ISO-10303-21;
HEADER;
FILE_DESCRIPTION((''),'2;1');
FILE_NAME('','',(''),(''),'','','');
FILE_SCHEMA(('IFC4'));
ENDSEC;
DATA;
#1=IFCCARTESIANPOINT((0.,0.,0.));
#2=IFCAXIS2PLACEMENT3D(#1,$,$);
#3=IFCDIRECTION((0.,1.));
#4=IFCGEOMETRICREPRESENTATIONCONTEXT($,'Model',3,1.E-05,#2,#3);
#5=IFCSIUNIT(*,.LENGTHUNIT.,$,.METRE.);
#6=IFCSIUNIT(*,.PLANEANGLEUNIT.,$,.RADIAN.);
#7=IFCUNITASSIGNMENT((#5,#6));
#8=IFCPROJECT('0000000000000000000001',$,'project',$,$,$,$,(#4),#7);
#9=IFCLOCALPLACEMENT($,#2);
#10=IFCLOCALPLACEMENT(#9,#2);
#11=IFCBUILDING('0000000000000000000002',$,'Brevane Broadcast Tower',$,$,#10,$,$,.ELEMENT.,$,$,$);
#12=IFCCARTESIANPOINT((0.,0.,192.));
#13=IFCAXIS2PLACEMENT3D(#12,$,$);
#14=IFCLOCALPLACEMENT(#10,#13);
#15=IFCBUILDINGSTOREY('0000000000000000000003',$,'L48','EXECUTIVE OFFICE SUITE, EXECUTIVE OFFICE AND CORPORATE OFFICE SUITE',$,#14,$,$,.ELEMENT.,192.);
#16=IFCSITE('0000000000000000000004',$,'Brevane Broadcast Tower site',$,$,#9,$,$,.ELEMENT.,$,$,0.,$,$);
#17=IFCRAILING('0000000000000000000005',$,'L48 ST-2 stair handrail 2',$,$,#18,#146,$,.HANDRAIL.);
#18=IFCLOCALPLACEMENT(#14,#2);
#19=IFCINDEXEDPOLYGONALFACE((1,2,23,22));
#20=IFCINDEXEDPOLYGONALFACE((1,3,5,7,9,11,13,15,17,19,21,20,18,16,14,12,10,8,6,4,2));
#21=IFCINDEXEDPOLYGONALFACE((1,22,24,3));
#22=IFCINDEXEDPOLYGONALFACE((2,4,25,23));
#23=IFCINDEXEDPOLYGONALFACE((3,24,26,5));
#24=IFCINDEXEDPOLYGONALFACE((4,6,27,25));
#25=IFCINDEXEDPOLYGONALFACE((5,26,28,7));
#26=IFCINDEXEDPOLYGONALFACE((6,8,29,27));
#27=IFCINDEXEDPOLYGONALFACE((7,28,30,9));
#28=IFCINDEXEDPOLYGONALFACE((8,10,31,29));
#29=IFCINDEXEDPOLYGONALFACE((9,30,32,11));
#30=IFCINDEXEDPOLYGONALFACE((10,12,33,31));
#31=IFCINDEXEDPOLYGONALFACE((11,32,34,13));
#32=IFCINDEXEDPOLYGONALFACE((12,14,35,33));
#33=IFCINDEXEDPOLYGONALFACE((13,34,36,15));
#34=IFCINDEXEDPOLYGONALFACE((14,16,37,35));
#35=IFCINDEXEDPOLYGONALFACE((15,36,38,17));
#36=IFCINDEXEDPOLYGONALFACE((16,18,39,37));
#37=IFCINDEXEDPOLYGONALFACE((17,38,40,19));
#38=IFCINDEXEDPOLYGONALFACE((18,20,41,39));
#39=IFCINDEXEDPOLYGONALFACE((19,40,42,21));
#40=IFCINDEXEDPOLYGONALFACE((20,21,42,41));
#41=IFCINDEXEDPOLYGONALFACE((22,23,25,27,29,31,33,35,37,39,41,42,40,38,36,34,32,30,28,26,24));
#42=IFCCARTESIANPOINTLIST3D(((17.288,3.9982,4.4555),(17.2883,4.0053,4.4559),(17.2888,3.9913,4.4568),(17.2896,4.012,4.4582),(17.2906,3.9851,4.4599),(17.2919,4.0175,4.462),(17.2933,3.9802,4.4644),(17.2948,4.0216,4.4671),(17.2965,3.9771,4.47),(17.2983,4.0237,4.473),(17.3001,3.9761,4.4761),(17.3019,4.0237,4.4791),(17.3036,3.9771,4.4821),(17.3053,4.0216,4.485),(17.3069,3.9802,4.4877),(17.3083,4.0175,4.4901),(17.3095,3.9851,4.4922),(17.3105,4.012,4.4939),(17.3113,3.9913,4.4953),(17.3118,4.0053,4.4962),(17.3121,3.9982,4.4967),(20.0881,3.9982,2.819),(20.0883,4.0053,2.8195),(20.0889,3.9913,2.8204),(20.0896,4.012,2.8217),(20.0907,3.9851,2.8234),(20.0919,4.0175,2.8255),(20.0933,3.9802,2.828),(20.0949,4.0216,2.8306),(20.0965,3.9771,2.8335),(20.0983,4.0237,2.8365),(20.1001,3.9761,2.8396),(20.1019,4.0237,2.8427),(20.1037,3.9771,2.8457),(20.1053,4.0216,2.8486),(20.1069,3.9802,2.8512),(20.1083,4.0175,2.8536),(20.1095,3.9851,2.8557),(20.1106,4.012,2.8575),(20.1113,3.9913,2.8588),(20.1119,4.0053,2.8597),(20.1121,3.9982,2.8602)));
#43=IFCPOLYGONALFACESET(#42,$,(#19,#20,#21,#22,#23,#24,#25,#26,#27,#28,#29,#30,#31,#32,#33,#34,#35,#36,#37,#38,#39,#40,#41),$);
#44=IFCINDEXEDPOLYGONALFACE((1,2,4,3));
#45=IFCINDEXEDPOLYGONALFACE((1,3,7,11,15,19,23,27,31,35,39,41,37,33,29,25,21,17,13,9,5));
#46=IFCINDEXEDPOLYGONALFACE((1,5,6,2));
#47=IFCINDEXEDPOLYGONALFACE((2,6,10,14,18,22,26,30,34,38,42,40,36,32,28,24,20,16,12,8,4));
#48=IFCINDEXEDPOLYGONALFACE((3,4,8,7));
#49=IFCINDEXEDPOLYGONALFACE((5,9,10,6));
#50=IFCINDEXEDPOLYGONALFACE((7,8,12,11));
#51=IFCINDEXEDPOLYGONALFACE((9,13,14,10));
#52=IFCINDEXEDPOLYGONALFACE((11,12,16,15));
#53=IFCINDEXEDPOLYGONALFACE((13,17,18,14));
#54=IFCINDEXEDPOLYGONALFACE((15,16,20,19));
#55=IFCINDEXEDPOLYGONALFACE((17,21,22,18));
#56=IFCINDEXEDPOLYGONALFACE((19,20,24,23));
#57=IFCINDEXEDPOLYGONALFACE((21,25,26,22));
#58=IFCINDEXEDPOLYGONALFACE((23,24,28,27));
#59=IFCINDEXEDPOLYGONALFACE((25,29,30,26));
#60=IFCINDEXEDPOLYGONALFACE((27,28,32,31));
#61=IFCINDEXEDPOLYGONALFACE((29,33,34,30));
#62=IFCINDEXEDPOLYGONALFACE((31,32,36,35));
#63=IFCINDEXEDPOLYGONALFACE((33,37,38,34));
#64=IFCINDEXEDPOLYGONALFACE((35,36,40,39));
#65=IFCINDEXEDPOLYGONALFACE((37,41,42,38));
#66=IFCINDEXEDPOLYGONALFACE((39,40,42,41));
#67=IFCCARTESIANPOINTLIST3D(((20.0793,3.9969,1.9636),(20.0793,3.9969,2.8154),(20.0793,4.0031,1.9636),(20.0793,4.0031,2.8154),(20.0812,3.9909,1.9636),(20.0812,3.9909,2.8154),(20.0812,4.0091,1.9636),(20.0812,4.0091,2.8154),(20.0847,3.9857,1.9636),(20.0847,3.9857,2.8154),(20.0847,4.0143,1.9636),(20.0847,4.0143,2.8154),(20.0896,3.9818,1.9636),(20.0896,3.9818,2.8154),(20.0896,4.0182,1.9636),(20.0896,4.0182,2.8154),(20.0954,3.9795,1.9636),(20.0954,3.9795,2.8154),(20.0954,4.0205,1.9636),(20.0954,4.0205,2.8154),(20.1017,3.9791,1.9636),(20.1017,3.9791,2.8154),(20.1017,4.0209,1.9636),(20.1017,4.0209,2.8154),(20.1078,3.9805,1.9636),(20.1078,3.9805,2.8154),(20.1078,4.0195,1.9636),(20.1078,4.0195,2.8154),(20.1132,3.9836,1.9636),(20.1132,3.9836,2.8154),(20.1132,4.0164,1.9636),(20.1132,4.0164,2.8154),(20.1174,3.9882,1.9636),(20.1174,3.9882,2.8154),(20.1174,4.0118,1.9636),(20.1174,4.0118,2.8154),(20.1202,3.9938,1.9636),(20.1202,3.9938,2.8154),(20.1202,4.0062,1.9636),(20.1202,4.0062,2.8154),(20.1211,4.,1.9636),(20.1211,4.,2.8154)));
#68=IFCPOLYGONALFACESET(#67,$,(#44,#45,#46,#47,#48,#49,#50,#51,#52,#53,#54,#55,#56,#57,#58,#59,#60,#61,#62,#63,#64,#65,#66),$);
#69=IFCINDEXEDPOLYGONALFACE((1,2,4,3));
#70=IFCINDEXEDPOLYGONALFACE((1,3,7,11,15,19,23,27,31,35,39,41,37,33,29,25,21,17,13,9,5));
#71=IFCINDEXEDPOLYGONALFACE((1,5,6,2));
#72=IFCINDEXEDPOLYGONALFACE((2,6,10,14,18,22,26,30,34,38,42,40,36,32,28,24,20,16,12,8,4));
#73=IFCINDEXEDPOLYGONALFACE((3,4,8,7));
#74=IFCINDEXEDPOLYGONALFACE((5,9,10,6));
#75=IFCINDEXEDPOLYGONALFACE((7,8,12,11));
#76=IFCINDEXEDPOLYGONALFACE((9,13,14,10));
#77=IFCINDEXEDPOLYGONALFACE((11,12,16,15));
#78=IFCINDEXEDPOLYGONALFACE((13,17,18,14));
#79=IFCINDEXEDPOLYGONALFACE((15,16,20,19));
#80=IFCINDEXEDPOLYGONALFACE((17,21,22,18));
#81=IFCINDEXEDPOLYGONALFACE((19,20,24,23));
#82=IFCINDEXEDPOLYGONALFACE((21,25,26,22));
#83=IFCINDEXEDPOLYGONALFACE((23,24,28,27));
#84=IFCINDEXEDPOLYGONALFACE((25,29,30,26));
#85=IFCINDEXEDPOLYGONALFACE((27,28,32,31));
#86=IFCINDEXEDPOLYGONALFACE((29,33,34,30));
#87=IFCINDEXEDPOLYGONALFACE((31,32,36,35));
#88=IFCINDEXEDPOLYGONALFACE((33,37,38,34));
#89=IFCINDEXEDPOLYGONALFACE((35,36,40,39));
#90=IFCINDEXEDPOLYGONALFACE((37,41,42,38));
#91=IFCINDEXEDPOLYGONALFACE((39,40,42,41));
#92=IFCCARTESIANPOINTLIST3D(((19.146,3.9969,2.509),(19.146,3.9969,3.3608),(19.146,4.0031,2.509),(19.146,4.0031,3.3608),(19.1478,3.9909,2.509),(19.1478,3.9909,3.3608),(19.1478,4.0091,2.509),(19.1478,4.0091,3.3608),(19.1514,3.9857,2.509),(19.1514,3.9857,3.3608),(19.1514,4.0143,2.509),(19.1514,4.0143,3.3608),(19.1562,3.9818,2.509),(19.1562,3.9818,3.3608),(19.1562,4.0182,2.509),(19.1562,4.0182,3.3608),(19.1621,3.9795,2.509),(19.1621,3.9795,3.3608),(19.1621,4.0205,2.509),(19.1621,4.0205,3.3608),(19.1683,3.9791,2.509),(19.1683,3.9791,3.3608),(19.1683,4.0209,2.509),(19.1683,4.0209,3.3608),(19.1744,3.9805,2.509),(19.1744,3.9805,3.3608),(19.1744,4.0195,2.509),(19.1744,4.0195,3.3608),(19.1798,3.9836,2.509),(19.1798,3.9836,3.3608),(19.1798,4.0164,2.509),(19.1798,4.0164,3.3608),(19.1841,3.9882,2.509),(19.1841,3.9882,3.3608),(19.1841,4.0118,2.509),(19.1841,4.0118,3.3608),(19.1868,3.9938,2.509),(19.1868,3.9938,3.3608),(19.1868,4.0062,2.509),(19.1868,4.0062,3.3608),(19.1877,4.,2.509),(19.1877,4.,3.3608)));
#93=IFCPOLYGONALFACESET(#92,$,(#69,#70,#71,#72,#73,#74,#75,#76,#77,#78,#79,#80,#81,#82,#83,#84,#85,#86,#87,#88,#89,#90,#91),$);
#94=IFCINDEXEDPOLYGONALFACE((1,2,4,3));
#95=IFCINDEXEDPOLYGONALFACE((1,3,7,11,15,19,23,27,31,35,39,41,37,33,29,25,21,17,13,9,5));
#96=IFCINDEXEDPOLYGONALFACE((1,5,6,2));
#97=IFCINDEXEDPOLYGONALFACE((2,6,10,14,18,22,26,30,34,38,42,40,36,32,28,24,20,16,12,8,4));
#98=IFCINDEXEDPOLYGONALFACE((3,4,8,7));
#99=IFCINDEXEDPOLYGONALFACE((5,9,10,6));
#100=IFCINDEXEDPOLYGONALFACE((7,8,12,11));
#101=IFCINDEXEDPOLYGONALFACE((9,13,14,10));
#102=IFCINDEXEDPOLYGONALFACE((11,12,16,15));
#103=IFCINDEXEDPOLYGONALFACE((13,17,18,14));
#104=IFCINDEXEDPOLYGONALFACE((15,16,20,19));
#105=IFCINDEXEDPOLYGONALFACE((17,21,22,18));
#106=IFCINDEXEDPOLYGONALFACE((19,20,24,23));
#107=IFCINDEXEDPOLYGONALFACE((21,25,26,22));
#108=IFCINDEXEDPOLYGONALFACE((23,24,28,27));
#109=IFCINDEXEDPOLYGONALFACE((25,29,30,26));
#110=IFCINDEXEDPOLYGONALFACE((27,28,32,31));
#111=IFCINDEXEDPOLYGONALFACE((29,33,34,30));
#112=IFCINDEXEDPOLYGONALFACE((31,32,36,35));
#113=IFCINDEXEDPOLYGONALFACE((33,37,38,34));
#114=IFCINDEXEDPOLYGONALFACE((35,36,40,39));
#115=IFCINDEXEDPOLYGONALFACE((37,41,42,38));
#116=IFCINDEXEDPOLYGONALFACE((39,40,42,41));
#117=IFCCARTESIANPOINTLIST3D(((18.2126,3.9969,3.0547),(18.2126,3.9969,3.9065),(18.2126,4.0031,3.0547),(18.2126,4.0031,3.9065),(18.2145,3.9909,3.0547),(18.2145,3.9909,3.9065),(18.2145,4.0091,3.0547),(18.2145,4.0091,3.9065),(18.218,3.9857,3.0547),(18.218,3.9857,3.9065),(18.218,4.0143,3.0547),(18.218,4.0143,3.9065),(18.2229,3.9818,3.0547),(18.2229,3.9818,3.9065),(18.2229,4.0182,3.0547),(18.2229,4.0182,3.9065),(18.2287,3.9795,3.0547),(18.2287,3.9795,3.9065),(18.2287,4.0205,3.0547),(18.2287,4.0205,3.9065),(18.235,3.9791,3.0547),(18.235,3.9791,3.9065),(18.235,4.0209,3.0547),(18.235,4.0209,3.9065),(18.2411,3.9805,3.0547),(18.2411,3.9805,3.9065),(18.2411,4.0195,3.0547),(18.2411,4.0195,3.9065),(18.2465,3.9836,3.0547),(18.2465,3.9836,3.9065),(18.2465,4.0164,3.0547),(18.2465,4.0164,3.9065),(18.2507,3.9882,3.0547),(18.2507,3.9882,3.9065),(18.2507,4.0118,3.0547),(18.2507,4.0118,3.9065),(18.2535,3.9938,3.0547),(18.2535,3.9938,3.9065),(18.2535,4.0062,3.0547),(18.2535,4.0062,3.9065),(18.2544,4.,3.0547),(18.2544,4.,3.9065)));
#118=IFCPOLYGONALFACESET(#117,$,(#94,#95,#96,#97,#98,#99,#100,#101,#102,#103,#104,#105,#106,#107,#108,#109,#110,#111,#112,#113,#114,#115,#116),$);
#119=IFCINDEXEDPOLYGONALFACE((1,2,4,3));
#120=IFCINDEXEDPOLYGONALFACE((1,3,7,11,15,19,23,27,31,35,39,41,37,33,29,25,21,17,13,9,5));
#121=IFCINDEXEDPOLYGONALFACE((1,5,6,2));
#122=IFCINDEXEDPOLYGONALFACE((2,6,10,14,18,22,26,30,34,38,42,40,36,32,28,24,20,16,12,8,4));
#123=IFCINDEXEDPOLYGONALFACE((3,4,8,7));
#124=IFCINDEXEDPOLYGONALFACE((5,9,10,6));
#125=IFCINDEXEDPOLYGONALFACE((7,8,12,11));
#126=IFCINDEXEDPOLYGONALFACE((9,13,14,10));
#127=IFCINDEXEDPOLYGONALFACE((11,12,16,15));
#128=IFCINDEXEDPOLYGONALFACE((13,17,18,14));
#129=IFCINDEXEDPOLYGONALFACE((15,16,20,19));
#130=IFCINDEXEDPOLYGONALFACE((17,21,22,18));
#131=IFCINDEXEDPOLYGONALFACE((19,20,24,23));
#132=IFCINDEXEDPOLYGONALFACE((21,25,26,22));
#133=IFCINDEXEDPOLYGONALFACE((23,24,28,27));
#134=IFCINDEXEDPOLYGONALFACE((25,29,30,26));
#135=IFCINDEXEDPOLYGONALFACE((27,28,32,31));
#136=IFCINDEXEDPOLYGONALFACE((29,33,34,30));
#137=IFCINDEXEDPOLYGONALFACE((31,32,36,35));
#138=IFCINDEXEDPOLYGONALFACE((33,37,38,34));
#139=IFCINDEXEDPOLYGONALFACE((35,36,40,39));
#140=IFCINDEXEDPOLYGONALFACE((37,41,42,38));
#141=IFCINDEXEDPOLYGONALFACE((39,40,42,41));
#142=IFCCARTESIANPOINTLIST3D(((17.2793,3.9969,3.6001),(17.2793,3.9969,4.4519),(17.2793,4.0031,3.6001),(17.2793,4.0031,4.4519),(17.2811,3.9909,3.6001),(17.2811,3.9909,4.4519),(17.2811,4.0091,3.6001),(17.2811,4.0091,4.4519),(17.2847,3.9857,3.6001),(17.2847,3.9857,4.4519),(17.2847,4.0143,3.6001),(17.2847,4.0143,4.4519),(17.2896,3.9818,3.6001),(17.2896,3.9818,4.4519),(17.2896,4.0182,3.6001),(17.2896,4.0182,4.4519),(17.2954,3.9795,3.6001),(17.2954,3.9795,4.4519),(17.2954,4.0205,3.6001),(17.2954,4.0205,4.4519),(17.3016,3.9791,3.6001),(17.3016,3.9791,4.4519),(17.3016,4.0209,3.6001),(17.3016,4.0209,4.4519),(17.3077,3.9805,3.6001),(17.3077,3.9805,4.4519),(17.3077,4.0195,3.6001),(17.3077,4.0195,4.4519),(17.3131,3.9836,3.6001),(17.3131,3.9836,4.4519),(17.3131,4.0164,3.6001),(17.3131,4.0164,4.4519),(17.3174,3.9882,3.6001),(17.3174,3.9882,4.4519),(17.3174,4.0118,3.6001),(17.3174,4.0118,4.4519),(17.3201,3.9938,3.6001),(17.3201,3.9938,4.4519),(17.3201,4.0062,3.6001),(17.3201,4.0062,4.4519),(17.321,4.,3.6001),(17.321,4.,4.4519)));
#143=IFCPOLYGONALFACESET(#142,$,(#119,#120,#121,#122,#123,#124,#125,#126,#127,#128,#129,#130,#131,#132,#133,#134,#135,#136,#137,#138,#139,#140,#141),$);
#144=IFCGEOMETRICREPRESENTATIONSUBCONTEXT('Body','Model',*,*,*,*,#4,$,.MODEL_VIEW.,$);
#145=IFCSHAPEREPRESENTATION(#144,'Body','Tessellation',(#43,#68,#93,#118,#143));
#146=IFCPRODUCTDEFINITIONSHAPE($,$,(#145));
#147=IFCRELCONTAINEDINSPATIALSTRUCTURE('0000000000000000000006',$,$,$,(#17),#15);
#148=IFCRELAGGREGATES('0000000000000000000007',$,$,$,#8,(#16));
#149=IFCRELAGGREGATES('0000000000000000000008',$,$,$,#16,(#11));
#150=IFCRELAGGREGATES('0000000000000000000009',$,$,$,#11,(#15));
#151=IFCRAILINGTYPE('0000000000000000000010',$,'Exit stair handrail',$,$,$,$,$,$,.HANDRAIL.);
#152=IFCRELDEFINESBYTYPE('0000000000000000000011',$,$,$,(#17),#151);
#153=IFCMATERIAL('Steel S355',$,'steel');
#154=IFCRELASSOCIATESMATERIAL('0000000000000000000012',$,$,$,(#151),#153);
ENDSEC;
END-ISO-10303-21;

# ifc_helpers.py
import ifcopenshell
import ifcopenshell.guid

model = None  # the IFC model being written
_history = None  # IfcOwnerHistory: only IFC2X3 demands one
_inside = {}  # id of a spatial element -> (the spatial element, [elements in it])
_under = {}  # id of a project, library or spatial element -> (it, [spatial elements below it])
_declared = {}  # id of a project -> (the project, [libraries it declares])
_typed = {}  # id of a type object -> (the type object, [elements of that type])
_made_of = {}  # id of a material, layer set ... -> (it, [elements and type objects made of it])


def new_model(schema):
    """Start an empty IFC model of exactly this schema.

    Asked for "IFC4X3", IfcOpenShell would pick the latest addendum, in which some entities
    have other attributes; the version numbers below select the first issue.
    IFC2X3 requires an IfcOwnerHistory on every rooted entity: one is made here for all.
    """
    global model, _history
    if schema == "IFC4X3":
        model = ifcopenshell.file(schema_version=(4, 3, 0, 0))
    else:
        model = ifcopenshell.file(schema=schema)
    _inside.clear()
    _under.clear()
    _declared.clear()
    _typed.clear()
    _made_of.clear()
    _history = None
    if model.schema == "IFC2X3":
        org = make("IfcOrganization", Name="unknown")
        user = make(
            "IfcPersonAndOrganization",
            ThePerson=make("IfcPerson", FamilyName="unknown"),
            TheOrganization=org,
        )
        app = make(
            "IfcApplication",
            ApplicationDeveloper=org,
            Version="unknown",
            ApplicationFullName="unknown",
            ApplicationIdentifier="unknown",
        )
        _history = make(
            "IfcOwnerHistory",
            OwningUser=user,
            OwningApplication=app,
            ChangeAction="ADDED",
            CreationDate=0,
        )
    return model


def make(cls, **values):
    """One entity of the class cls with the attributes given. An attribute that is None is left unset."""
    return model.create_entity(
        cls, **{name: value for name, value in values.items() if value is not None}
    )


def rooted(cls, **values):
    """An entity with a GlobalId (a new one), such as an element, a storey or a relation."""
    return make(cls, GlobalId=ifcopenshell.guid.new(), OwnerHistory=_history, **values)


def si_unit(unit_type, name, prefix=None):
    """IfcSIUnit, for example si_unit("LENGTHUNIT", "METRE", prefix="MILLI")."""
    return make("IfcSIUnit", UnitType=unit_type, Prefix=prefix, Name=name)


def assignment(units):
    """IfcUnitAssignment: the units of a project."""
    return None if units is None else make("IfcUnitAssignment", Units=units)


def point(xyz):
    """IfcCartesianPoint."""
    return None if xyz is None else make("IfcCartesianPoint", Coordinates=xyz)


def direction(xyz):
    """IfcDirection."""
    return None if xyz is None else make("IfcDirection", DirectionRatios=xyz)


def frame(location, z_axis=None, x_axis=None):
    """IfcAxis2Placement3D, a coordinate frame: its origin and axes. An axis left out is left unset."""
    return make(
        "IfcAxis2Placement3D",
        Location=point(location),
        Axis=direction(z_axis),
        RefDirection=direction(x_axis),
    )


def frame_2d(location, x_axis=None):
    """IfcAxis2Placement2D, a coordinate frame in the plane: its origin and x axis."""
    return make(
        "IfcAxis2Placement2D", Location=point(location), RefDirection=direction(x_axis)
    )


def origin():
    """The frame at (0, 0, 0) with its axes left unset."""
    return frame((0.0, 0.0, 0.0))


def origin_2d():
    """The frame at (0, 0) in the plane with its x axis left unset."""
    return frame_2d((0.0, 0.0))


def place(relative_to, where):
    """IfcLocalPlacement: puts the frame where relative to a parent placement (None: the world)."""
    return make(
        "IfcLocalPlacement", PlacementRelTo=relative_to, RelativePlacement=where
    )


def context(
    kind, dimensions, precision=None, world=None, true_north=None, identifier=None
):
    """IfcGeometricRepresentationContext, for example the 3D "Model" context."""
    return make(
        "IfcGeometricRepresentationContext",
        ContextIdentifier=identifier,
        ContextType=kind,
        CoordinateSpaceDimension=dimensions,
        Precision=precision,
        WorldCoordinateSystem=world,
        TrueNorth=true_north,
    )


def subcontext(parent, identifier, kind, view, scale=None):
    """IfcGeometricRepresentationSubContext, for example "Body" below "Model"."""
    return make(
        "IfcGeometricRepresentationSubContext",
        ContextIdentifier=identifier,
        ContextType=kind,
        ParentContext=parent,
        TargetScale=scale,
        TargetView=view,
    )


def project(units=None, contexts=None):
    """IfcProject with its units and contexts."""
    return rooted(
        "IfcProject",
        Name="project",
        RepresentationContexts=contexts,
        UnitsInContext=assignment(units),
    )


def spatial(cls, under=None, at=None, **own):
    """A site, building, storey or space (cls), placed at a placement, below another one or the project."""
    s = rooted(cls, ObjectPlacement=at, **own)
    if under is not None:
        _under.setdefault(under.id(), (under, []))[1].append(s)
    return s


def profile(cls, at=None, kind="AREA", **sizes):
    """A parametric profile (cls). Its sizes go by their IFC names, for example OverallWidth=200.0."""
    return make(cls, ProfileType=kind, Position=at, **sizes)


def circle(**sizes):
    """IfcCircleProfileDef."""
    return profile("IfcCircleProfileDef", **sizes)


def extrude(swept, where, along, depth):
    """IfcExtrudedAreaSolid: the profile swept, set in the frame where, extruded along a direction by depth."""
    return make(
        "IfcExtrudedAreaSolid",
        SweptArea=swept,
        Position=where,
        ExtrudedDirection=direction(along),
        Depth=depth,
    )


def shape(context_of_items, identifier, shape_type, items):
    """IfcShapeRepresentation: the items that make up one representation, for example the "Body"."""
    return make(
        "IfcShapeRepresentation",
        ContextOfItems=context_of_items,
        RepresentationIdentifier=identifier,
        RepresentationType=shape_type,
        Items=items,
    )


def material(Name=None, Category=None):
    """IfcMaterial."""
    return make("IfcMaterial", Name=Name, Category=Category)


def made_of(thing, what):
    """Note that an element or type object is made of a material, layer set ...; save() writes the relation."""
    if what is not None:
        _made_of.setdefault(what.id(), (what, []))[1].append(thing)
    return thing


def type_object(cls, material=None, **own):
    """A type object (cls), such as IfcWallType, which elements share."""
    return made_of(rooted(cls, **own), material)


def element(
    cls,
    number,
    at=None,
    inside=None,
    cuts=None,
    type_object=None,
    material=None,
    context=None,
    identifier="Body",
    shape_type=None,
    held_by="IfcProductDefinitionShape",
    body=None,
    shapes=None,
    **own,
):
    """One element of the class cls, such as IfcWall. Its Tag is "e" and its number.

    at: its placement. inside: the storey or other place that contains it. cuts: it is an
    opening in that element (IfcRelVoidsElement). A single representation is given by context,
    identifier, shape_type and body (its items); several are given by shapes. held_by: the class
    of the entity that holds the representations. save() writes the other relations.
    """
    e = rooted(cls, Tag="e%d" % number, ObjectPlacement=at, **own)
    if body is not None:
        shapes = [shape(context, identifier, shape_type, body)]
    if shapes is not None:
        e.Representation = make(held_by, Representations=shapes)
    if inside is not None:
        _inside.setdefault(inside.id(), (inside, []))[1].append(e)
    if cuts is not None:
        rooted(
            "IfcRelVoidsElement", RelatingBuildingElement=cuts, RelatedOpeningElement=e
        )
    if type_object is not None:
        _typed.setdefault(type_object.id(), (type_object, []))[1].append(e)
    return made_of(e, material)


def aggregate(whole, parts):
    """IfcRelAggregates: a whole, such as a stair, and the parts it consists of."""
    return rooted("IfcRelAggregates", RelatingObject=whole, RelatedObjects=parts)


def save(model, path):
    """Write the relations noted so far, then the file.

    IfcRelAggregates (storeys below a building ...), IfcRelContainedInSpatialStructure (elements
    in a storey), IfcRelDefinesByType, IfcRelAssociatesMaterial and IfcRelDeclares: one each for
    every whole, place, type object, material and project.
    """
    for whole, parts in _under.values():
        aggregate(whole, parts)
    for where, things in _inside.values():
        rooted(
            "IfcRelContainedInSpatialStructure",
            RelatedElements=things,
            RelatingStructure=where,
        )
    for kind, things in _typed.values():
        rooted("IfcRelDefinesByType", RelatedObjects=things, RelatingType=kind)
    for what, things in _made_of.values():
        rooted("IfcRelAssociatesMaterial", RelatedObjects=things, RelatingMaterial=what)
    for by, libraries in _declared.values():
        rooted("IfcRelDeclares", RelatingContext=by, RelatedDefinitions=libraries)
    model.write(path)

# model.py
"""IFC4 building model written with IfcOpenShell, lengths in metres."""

from ifc_helpers import new_model, si_unit, direction, frame, origin, origin_2d, place, context, subcontext, project, spatial, circle, extrude, material, type_object, element, save


model = new_model("IFC4")

# Units and contexts
model_context = context("Model", 3, precision=1e-05, world=origin(), true_north=direction((0.0, 1.0)))
body_context = subcontext(model_context, "Body", "Model", "MODEL_VIEW")
ifc_project = project(units=[si_unit("LENGTHUNIT", "METRE"), si_unit("PLANEANGLEUNIT", "RADIAN")], contexts=[model_context])

# Site, building, storey
site_placement = place(None, origin())
site = spatial("IfcSite", under=ifc_project, at=site_placement, Name="Brevane Broadcast Tower site", CompositionType="ELEMENT", RefElevation=0.0)
building_placement = place(site_placement, origin())
building = spatial("IfcBuilding", under=site, at=building_placement, Name="Brevane Broadcast Tower", CompositionType="ELEMENT")
storey_placement = place(building_placement, frame((0.0, 0.0, 192.0)))
storey = spatial("IfcBuildingStorey", under=building, at=storey_placement, Name="L48", Description="EXECUTIVE OFFICE SUITE, EXECUTIVE OFFICE AND CORPORATE OFFICE SUITE", CompositionType="ELEMENT", Elevation=192.0)

# Railing
ifc_material_1 = material(Name="Steel S355", Category="steel")
railing_type_1 = type_object("IfcRailingType", Name="Exit stair handrail", PredefinedType="HANDRAIL", material=ifc_material_1)
railing_1_placement = place(storey_placement, frame((20.1001, 4.0, 1.9636)))
element("IfcRailing", 1, at=railing_1_placement, inside=storey, type_object=railing_type_1, Name="L48 ST-2 stair handrail 2", PredefinedType="HANDRAIL", context=body_context, shape_type="SweptSolid", body=[
    extrude(circle(Radius=0.0239, at=origin_2d()), frame((0.0, 0.0, 0.876), z_axis=(-0.863361, 0.0, 0.504587), x_axis=(0.0, -1.0, 0.0)), (0.0, 0.0, 1.0), 3.2432),
    extrude(circle(Radius=0.021, at=origin_2d()), origin(), (0.0, 0.0, 1.0), 0.8518),
    extrude(circle(Radius=0.021, at=origin_2d()), frame((-0.9333, 0.0, 0.5454)), (0.0, 0.0, 1.0), 0.8518),
    extrude(circle(Radius=0.021, at=origin_2d()), frame((-1.8667, 0.0, 1.0911)), (0.0, 0.0, 1.0), 0.8518),
    extrude(circle(Radius=0.021, at=origin_2d()), frame((-2.8, 0.0, 1.6365)), (0.0, 0.0, 1.0), 0.8518),
])

save(model, "model.ifc")
